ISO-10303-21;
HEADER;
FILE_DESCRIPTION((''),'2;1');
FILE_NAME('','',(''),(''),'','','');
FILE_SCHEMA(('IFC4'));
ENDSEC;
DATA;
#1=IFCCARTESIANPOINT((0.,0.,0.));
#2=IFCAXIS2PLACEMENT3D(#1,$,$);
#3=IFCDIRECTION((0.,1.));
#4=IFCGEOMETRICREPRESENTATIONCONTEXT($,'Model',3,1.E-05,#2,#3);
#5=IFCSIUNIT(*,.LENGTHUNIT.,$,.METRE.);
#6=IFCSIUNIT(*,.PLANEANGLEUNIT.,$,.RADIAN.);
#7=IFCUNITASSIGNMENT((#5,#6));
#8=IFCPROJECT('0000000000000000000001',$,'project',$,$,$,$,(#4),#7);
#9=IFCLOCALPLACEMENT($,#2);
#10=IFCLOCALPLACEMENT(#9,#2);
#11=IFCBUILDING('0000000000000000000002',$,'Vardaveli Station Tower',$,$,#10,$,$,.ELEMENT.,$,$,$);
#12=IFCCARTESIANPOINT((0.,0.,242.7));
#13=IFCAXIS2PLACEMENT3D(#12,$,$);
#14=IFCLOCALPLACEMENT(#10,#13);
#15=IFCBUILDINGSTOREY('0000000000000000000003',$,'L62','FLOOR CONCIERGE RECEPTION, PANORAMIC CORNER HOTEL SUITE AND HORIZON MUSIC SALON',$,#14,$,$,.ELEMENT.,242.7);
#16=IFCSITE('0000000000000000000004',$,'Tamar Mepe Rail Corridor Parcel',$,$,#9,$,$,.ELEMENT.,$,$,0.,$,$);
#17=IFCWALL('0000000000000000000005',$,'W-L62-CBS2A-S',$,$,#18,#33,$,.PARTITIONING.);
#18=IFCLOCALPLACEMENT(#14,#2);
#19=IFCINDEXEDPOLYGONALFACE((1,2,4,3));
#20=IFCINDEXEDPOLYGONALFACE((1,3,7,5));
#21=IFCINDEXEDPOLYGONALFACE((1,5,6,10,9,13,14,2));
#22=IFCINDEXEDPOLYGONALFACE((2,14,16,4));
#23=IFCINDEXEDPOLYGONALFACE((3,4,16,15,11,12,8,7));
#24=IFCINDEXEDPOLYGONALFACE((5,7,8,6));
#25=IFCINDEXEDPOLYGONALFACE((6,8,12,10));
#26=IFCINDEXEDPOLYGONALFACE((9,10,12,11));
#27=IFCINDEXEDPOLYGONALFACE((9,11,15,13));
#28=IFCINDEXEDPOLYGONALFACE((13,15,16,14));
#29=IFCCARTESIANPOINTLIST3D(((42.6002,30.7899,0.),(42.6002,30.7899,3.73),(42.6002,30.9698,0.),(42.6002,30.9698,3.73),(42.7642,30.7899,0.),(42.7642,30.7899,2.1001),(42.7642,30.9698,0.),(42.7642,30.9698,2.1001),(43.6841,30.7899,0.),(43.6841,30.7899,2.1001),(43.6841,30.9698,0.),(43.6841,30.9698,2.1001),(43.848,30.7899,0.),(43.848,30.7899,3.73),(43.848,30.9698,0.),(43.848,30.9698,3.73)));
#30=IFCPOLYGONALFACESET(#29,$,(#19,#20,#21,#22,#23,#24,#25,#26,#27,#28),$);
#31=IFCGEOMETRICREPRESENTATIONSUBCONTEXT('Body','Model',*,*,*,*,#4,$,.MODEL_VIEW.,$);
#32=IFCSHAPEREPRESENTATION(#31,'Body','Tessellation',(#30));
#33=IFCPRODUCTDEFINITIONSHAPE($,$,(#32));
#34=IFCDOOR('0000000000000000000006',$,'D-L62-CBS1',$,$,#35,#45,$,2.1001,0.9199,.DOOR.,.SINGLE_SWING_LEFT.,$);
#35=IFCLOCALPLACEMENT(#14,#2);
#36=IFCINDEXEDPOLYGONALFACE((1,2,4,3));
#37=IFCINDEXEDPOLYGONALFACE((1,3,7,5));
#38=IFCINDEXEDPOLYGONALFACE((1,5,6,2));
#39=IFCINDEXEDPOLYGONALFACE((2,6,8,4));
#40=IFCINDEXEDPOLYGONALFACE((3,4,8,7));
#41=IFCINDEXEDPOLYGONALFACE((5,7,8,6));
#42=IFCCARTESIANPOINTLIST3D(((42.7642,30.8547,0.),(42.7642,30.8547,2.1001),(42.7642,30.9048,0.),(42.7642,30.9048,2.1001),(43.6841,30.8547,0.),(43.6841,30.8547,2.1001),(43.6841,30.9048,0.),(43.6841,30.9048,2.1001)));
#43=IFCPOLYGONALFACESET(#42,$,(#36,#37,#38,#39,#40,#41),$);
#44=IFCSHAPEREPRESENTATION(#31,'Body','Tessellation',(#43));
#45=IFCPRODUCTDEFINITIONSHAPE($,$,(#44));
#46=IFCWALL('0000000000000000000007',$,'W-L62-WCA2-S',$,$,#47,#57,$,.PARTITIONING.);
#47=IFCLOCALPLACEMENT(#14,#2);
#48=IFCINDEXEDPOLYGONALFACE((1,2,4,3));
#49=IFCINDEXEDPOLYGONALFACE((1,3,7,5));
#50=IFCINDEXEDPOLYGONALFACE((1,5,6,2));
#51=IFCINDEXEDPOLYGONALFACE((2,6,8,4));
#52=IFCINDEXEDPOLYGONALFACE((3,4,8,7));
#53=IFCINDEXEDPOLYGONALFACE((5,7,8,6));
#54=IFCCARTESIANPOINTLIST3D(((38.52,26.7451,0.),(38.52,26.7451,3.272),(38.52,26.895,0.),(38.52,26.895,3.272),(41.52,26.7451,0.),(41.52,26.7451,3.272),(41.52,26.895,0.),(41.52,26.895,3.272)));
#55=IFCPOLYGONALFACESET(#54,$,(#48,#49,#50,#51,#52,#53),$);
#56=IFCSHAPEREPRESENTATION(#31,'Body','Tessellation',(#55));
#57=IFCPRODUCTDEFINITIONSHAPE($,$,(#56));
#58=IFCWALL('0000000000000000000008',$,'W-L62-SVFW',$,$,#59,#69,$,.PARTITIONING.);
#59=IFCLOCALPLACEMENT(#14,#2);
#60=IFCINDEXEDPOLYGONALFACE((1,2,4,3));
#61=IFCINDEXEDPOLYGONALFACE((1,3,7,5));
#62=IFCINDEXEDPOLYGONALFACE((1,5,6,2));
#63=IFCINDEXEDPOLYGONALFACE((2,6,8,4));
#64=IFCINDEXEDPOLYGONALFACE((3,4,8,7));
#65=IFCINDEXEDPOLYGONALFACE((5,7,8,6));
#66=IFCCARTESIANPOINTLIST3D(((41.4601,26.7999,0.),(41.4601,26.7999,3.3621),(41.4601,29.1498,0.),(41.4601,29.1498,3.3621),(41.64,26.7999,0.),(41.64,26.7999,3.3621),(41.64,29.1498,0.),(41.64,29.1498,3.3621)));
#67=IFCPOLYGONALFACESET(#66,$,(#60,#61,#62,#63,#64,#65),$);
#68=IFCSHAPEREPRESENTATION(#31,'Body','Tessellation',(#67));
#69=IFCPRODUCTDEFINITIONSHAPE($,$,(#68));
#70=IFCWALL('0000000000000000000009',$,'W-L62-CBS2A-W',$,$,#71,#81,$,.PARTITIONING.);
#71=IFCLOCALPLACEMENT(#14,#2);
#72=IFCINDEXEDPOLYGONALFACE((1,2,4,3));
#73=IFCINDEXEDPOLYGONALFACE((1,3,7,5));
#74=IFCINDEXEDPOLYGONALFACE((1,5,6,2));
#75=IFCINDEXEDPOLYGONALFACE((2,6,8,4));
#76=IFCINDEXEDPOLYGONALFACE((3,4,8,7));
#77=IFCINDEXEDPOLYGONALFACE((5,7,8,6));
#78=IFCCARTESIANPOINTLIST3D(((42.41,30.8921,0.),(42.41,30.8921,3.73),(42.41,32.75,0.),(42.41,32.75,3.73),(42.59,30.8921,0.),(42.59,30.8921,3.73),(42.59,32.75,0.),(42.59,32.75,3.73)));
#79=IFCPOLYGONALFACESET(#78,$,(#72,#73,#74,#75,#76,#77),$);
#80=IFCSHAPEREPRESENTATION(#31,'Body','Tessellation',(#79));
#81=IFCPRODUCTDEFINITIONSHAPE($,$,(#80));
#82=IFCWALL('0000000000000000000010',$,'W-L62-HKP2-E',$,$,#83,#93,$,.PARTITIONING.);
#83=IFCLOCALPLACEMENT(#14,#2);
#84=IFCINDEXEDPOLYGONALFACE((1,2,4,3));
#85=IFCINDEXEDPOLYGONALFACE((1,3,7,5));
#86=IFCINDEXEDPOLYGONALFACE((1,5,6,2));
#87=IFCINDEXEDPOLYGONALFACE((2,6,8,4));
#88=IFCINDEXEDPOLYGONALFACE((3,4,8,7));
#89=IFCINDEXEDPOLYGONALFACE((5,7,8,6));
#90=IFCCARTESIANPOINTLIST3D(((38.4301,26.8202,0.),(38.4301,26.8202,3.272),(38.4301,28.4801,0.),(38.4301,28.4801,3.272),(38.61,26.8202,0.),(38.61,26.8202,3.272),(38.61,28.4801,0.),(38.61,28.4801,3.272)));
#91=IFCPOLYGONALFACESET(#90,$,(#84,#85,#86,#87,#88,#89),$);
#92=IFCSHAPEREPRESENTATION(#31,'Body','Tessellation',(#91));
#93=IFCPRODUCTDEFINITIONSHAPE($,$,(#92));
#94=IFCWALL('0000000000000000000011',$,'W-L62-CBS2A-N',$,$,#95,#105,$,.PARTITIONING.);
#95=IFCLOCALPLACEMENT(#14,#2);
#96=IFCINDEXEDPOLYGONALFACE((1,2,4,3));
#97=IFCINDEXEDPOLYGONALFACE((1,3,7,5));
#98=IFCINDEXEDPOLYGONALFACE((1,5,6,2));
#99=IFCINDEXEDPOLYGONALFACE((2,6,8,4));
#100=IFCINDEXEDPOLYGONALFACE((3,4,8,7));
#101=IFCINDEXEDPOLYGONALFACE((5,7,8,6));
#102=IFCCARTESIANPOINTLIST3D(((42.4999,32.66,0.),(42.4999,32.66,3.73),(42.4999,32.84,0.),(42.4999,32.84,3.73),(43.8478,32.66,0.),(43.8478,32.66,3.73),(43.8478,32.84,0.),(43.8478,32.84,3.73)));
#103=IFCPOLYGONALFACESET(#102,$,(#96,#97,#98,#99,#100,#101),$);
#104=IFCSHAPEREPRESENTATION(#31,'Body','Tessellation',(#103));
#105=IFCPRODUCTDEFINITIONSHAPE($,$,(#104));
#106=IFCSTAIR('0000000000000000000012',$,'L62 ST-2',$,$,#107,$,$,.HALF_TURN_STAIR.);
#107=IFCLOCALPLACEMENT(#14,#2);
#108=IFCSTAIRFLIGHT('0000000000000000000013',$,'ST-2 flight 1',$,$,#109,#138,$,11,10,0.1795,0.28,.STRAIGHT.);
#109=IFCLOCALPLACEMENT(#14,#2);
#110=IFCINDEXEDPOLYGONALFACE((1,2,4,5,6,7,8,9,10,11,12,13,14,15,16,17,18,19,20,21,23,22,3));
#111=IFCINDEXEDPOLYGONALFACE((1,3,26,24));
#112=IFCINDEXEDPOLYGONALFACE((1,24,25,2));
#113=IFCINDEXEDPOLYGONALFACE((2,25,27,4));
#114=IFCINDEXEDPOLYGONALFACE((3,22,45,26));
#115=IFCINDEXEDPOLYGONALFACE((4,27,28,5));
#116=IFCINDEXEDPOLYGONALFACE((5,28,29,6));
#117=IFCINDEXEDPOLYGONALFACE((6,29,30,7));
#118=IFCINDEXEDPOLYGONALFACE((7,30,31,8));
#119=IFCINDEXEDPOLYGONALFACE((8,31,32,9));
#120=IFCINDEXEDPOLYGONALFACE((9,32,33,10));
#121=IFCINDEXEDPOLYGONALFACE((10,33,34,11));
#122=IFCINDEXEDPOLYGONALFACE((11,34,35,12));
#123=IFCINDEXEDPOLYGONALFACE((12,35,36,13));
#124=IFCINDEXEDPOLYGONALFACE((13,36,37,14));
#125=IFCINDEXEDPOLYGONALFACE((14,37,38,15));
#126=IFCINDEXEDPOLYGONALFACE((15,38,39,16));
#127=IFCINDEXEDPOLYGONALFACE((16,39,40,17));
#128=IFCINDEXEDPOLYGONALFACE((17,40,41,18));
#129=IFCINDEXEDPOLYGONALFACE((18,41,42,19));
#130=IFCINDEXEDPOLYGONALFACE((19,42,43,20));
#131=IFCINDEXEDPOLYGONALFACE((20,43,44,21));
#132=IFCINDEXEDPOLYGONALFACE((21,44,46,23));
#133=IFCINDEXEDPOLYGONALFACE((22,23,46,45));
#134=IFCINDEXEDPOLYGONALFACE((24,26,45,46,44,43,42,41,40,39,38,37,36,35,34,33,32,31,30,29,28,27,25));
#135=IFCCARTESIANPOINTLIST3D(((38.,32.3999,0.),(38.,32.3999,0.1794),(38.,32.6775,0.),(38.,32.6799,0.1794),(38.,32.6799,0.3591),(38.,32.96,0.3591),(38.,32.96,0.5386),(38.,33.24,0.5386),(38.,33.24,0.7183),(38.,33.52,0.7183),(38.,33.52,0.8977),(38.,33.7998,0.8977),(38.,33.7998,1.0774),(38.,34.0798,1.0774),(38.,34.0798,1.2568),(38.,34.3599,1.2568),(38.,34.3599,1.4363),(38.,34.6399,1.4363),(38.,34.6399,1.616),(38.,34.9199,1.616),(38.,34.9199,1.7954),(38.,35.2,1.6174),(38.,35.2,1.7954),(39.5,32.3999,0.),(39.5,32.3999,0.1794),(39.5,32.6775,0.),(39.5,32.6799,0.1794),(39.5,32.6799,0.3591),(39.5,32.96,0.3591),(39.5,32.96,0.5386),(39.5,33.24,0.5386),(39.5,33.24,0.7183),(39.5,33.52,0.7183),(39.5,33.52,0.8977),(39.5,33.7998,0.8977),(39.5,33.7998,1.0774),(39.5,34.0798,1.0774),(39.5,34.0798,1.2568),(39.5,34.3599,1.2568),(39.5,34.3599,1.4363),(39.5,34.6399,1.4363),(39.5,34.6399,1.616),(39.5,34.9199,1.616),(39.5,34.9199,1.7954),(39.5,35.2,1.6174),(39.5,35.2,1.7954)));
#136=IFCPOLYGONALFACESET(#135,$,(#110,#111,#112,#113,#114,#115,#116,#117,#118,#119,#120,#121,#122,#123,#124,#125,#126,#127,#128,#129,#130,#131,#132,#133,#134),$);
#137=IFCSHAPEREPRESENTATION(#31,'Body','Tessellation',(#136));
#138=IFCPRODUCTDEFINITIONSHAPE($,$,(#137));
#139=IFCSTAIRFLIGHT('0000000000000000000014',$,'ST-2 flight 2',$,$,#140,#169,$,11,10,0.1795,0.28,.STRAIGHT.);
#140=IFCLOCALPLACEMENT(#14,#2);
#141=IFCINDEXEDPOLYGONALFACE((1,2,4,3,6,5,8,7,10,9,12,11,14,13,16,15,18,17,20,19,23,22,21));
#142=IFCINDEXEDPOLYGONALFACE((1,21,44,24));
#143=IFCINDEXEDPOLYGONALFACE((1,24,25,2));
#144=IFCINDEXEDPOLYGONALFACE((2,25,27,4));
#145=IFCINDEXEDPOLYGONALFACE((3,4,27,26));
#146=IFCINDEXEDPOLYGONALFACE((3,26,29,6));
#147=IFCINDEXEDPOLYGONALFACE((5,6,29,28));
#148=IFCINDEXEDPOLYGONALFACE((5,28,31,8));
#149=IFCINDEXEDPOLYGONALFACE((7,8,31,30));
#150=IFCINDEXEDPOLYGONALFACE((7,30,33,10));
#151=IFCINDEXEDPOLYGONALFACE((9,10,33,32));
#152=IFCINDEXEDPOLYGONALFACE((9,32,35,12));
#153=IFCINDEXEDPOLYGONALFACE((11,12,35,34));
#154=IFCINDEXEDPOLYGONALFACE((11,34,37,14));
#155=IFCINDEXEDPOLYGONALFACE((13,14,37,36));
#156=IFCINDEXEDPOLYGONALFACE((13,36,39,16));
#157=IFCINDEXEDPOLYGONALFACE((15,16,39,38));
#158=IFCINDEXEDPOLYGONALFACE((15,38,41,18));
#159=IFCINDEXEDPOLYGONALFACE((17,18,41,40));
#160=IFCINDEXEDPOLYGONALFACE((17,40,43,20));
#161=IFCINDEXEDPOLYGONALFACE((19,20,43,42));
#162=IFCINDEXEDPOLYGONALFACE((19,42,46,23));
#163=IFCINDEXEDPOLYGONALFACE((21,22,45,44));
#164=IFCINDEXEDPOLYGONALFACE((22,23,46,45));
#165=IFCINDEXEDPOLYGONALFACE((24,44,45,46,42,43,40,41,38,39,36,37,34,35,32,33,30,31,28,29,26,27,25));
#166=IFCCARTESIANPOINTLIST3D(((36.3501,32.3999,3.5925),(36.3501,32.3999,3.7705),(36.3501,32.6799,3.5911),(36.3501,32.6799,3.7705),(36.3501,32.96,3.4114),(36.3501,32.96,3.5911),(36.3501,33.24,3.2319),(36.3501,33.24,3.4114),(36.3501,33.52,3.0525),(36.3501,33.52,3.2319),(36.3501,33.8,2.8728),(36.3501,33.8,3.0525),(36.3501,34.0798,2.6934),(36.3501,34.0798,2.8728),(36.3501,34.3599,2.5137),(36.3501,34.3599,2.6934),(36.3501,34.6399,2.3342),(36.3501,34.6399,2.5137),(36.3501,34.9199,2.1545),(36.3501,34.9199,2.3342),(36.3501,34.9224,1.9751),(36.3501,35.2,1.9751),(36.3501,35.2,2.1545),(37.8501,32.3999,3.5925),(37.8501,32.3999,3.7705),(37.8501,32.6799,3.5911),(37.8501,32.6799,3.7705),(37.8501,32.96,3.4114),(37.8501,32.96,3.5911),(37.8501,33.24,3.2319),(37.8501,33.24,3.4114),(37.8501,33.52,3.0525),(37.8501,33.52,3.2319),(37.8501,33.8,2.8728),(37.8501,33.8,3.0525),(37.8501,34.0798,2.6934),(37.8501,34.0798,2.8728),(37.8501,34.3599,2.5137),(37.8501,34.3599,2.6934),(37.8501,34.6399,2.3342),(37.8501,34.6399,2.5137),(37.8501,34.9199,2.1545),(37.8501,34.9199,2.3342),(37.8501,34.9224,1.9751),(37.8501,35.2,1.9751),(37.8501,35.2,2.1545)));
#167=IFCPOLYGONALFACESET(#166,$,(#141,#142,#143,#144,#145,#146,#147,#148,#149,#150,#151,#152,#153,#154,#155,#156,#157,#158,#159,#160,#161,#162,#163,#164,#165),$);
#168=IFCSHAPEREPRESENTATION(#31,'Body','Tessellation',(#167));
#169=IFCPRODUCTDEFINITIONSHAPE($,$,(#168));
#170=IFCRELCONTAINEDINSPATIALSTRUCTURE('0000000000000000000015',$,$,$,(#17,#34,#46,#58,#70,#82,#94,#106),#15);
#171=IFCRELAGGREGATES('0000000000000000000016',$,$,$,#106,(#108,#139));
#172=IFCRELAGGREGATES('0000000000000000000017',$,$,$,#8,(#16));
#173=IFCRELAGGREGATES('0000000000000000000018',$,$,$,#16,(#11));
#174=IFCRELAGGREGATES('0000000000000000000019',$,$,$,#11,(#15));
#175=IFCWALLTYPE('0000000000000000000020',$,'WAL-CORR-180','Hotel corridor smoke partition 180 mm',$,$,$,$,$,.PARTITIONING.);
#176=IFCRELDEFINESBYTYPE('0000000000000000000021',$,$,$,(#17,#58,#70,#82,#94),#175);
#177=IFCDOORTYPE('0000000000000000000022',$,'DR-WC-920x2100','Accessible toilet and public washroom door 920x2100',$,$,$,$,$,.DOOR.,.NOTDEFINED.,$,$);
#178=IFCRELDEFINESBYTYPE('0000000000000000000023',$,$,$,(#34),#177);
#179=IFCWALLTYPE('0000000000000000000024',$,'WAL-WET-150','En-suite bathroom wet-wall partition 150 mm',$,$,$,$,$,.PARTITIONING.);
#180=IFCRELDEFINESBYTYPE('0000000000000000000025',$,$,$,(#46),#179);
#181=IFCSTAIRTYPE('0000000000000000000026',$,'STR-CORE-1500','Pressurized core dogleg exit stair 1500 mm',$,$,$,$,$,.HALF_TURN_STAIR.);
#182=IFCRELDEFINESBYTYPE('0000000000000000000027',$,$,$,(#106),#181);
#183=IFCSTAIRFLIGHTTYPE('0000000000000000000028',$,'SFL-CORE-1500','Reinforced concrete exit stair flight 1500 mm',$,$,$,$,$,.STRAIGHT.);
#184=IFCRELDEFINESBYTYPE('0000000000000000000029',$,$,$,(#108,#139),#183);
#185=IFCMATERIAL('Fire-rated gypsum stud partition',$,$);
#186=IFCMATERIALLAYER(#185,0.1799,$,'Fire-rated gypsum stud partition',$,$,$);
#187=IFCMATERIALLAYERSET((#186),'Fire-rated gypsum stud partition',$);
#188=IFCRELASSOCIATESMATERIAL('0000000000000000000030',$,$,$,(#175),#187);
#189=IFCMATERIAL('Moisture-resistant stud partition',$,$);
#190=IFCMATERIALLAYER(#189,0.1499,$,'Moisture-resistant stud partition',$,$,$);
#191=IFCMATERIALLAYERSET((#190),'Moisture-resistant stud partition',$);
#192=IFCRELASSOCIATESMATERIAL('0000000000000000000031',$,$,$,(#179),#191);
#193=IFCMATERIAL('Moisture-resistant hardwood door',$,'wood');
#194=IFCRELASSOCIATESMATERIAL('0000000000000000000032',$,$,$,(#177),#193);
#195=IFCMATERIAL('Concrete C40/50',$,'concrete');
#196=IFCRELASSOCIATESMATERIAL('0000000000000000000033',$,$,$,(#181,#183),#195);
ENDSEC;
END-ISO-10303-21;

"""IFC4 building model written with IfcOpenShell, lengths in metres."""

from ifc_helpers import new_model, si_unit, direction, frame, frame_2d, origin, place, context, subcontext, project, spatial, polyline, rectangle, outline, extrude, source, transform, mapped, material, layer, layer_set, type_object, element, fill, aggregate, save


model = new_model("IFC4")

# Units and contexts
model_context = context("Model", 3, precision=1e-05, world=origin(), true_north=direction((0.0, 1.0)))
body_context = subcontext(model_context, "Body", "Model", "MODEL_VIEW")
ifc_project = project(units=[si_unit("LENGTHUNIT", "METRE"), si_unit("PLANEANGLEUNIT", "RADIAN")], contexts=[model_context])

# Site, building, storey
site_placement = place(None, origin())
site = spatial("IfcSite", under=ifc_project, at=site_placement, Name="Tamar Mepe Rail Corridor Parcel", CompositionType="ELEMENT", RefElevation=0.0)
building_placement = place(site_placement, origin())
building = spatial("IfcBuilding", under=site, at=building_placement, Name="Vardaveli Station Tower", CompositionType="ELEMENT")
storey_placement = place(building_placement, frame((0.0, 0.0, 242.7)))
storey = spatial("IfcBuildingStorey", under=building, at=storey_placement, Name="L62", Description="FLOOR CONCIERGE RECEPTION, PANORAMIC CORNER HOTEL SUITE AND HORIZON MUSIC SALON", CompositionType="ELEMENT", Elevation=242.7)

# Shared definitions
ifc_material_1 = material(Name="Concrete C40/50", Category="concrete")

# Wall, opening, door
ifc_material_2 = material(Name="Fire-rated gypsum stud partition")
ifc_layer_1 = layer(ifc_material_2, 0.1799, Name="Fire-rated gypsum stud partition")
ifc_layer_set_1 = layer_set([ifc_layer_1], Name="Fire-rated gypsum stud partition")
wall_type_1 = type_object("IfcWallType", Name="WAL-CORR-180", Description="Hotel corridor smoke partition 180 mm", PredefinedType="PARTITIONING", material=ifc_layer_set_1)
ifc_material_3 = material(Name="Moisture-resistant stud partition")
ifc_layer_2 = layer(ifc_material_3, 0.1499, Name="Moisture-resistant stud partition")
ifc_layer_set_2 = layer_set([ifc_layer_2], Name="Moisture-resistant stud partition")
wall_type_2 = type_object("IfcWallType", Name="WAL-WET-150", Description="En-suite bathroom wet-wall partition 150 mm", PredefinedType="PARTITIONING", material=ifc_layer_set_2)
ifc_material_4 = material(Name="Moisture-resistant hardwood door", Category="wood")
door_type_1 = type_object("IfcDoorType", Name="DR-WC-920x2100", Description="Accessible toilet and public washroom door 920x2100", OperationType="NOTDEFINED", PredefinedType="DOOR", material=ifc_material_4)
shared_shape_1 = source(origin(), body_context, "Body", "SweptSolid", [
    extrude(rectangle(XDim=0.9199, YDim=2.1001, at=frame_2d((0.46, 1.05))), frame((0.0, 0.0249, 0.0), z_axis=(0.0, -1.0, 0.0), x_axis=(1.0, 0.0, 0.0)), (0.0, 0.0, 1.0), 0.05),
])
shared_shape_2 = source(origin(), body_context, "Body", "SweptSolid", [
    extrude(rectangle(XDim=1.2478, YDim=0.1799, at=frame_2d((0.624, 0.0))), origin(), (0.0, 0.0, 1.0), 3.73),
])
wall_1_placement = place(storey_placement, frame((42.6001, 30.8799, 0.0), z_axis=(0.0, 0.0, 1.0), x_axis=(1.0, 0.0, 0.0)))
wall_1 = element("IfcWall", 1, at=wall_1_placement, inside=storey, type_object=wall_type_1, Name="W-L62-CBS2A-S", PredefinedType="PARTITIONING", context=body_context, shape_type="MappedRepresentation", body=[
    mapped(shared_shape_2, transform((0.0, 0.0, 0.0), scale=1.0)),
])
shared_shape_3 = source(origin(), body_context, "Body", "SweptSolid", [
    extrude(rectangle(XDim=0.9199, YDim=2.1001, at=frame_2d((0.46, 1.05))), frame((0.0, 0.1001, 0.0), z_axis=(0.0, -1.0, 0.0), x_axis=(1.0, 0.0, 0.0)), (0.0, 0.0, 1.0), 0.2),
])
opening_1_placement = place(wall_1_placement, frame((0.1641, 0.0, 0.0)))
opening_1 = element("IfcOpeningElement", 2, at=opening_1_placement, cuts=wall_1, PredefinedType="OPENING", context=body_context, shape_type="MappedRepresentation", body=[
    mapped(shared_shape_3, transform((0.0, 0.0, 0.0), scale=1.0)),
])
door_1_placement = place(opening_1_placement, origin())
door_1 = element("IfcDoor", 3, at=door_1_placement, inside=storey, type_object=door_type_1, Name="D-L62-CBS1", OperationType="SINGLE_SWING_LEFT", OverallHeight=2.1001, OverallWidth=0.9199, PredefinedType="DOOR", context=body_context, shape_type="MappedRepresentation", body=[
    mapped(shared_shape_1, transform((0.0, 0.0, 0.0), scale=1.0)),
])
fill(opening_1, door_1)

# Walls
shared_shape_4 = source(origin(), body_context, "Body", "SweptSolid", [
    extrude(rectangle(XDim=3.0, YDim=0.1499, at=frame_2d((1.5, 0.0))), origin(), (0.0, 0.0, 1.0), 3.272),
])
wall_2_placement = place(storey_placement, frame((38.52, 26.8201, 0.0), z_axis=(0.0, 0.0, 1.0), x_axis=(1.0, 0.0, 0.0)))
element("IfcWall", 4, at=wall_2_placement, inside=storey, type_object=wall_type_2, Name="W-L62-WCA2-S", PredefinedType="PARTITIONING", context=body_context, shape_type="MappedRepresentation", body=[
    mapped(shared_shape_4, transform((0.0, 0.0, 0.0), scale=1.0)),
])
shared_shape_5 = source(origin(), body_context, "Body", "SweptSolid", [
    extrude(rectangle(XDim=2.3499, YDim=0.1799, at=frame_2d((1.1748, 0.0))), origin(), (0.0, 0.0, 1.0), 3.3621),
])
wall_3_placement = place(storey_placement, frame((41.55, 26.8, 0.0), z_axis=(0.0, 0.0, 1.0), x_axis=(0.0, 1.0, 0.0)))
element("IfcWall", 5, at=wall_3_placement, inside=storey, type_object=wall_type_1, Name="W-L62-SVFW", PredefinedType="PARTITIONING", context=body_context, shape_type="MappedRepresentation", body=[
    mapped(shared_shape_5, transform((0.0, 0.0, 0.0), scale=1.0)),
])
shared_shape_6 = source(origin(), body_context, "Body", "SweptSolid", [
    extrude(rectangle(XDim=1.8579, YDim=0.1799, at=frame_2d((0.929, 0.0))), origin(), (0.0, 0.0, 1.0), 3.73),
])
wall_4_placement = place(storey_placement, frame((42.5, 30.8921, 0.0), z_axis=(0.0, 0.0, 1.0), x_axis=(0.0, 1.0, 0.0)))
element("IfcWall", 6, at=wall_4_placement, inside=storey, type_object=wall_type_1, Name="W-L62-CBS2A-W", PredefinedType="PARTITIONING", context=body_context, shape_type="MappedRepresentation", body=[
    mapped(shared_shape_6, transform((0.0, 0.0, 0.0), scale=1.0)),
])
shared_shape_7 = source(origin(), body_context, "Body", "SweptSolid", [
    extrude(rectangle(XDim=1.6599, YDim=0.1799, at=frame_2d((0.8301, 0.0))), origin(), (0.0, 0.0, 1.0), 3.272),
])
wall_5_placement = place(storey_placement, frame((38.52, 26.8201, 0.0), z_axis=(0.0, 0.0, 1.0), x_axis=(0.0, 1.0, 0.0)))
element("IfcWall", 7, at=wall_5_placement, inside=storey, type_object=wall_type_1, Name="W-L62-HKP2-E", PredefinedType="PARTITIONING", context=body_context, shape_type="MappedRepresentation", body=[
    mapped(shared_shape_7, transform((0.0, 0.0, 0.0), scale=1.0)),
])
shared_shape_8 = source(origin(), body_context, "Body", "SweptSolid", [
    extrude(rectangle(XDim=1.3479, YDim=0.1799, at=frame_2d((0.6738, 0.0))), origin(), (0.0, 0.0, 1.0), 3.73),
])
wall_6_placement = place(storey_placement, frame((42.5, 32.75, 0.0), z_axis=(0.0, 0.0, 1.0), x_axis=(1.0, 0.0, 0.0)))
element("IfcWall", 8, at=wall_6_placement, inside=storey, type_object=wall_type_1, Name="W-L62-CBS2A-N", PredefinedType="PARTITIONING", context=body_context, shape_type="MappedRepresentation", body=[
    mapped(shared_shape_8, transform((0.0, 0.0, 0.0), scale=1.0)),
])

# Stair, stair flights
stair_type = type_object("IfcStairType", Name="STR-CORE-1500", Description="Pressurized core dogleg exit stair 1500 mm", PredefinedType="HALF_TURN_STAIR", material=ifc_material_1)
stair_placement = place(storey_placement, origin())
stair = element("IfcStair", 9, at=stair_placement, inside=storey, type_object=stair_type, Name="L62 ST-2", PredefinedType="HALF_TURN_STAIR")
stair_flight_type = type_object("IfcStairFlightType", Name="SFL-CORE-1500", Description="Reinforced concrete exit stair flight 1500 mm", PredefinedType="STRAIGHT", material=ifc_material_1)
shared_shape_9 = source(origin(), body_context, "Body", "SweptSolid", [
    extrude(outline(polyline([(0.0, 0.0), (0.0, 0.1794), (0.28, 0.1794), (0.28, 0.3591), (0.5601, 0.3591), (0.5601, 0.5386), (0.8401, 0.5386), (0.8401, 0.7183), (1.1201, 0.7183), (1.1201, 0.8977), (1.3999, 0.8977), (1.3999, 1.0774), (1.6799, 1.0774), (1.6799, 1.2568), (1.96, 1.2568), (1.96, 1.4363), (2.24, 1.4363), (2.24, 1.616), (2.52, 1.616), (2.52, 1.7954), (2.8, 1.7954), (2.8, 1.9751), (2.8, 1.6174), (0.2776, 0.0), (0.0, 0.0)])), frame((0.0, 0.75, 0.0), z_axis=(0.0, -1.0, 0.0), x_axis=(1.0, 0.0, 0.0)), (0.0, 0.0, 1.0), 1.5),
])
stair_flight_1_placement = place(storey_placement, frame((38.75, 32.3999, 0.0), z_axis=(0.0, 0.0, 1.0), x_axis=(0.0, 1.0, 0.0)))
stair_flight_1 = element("IfcStairFlight", 10, at=stair_flight_1_placement, type_object=stair_flight_type, Name="ST-2 flight 1", NumberOfRisers=11, NumberOfTreads=10, PredefinedType="STRAIGHT", RiserHeight=0.1795, TreadLength=0.28, context=body_context, shape_type="MappedRepresentation", body=[
    mapped(shared_shape_9, transform((0.0, 0.0, 0.0), scale=1.0)),
])
stair_flight_2_placement = place(storey_placement, frame((37.1001, 35.2, 1.9751), z_axis=(0.0, 0.0, 1.0), x_axis=(0.0, -1.0, 0.0)))
stair_flight_2 = element("IfcStairFlight", 11, at=stair_flight_2_placement, type_object=stair_flight_type, Name="ST-2 flight 2", NumberOfRisers=11, NumberOfTreads=10, PredefinedType="STRAIGHT", RiserHeight=0.1795, TreadLength=0.28, context=body_context, shape_type="MappedRepresentation", body=[
    mapped(shared_shape_9, transform((0.0, 0.0, 0.0), scale=1.0)),
])
aggregate(stair, [stair_flight_1, stair_flight_2])

save(model, "model.ifc")
